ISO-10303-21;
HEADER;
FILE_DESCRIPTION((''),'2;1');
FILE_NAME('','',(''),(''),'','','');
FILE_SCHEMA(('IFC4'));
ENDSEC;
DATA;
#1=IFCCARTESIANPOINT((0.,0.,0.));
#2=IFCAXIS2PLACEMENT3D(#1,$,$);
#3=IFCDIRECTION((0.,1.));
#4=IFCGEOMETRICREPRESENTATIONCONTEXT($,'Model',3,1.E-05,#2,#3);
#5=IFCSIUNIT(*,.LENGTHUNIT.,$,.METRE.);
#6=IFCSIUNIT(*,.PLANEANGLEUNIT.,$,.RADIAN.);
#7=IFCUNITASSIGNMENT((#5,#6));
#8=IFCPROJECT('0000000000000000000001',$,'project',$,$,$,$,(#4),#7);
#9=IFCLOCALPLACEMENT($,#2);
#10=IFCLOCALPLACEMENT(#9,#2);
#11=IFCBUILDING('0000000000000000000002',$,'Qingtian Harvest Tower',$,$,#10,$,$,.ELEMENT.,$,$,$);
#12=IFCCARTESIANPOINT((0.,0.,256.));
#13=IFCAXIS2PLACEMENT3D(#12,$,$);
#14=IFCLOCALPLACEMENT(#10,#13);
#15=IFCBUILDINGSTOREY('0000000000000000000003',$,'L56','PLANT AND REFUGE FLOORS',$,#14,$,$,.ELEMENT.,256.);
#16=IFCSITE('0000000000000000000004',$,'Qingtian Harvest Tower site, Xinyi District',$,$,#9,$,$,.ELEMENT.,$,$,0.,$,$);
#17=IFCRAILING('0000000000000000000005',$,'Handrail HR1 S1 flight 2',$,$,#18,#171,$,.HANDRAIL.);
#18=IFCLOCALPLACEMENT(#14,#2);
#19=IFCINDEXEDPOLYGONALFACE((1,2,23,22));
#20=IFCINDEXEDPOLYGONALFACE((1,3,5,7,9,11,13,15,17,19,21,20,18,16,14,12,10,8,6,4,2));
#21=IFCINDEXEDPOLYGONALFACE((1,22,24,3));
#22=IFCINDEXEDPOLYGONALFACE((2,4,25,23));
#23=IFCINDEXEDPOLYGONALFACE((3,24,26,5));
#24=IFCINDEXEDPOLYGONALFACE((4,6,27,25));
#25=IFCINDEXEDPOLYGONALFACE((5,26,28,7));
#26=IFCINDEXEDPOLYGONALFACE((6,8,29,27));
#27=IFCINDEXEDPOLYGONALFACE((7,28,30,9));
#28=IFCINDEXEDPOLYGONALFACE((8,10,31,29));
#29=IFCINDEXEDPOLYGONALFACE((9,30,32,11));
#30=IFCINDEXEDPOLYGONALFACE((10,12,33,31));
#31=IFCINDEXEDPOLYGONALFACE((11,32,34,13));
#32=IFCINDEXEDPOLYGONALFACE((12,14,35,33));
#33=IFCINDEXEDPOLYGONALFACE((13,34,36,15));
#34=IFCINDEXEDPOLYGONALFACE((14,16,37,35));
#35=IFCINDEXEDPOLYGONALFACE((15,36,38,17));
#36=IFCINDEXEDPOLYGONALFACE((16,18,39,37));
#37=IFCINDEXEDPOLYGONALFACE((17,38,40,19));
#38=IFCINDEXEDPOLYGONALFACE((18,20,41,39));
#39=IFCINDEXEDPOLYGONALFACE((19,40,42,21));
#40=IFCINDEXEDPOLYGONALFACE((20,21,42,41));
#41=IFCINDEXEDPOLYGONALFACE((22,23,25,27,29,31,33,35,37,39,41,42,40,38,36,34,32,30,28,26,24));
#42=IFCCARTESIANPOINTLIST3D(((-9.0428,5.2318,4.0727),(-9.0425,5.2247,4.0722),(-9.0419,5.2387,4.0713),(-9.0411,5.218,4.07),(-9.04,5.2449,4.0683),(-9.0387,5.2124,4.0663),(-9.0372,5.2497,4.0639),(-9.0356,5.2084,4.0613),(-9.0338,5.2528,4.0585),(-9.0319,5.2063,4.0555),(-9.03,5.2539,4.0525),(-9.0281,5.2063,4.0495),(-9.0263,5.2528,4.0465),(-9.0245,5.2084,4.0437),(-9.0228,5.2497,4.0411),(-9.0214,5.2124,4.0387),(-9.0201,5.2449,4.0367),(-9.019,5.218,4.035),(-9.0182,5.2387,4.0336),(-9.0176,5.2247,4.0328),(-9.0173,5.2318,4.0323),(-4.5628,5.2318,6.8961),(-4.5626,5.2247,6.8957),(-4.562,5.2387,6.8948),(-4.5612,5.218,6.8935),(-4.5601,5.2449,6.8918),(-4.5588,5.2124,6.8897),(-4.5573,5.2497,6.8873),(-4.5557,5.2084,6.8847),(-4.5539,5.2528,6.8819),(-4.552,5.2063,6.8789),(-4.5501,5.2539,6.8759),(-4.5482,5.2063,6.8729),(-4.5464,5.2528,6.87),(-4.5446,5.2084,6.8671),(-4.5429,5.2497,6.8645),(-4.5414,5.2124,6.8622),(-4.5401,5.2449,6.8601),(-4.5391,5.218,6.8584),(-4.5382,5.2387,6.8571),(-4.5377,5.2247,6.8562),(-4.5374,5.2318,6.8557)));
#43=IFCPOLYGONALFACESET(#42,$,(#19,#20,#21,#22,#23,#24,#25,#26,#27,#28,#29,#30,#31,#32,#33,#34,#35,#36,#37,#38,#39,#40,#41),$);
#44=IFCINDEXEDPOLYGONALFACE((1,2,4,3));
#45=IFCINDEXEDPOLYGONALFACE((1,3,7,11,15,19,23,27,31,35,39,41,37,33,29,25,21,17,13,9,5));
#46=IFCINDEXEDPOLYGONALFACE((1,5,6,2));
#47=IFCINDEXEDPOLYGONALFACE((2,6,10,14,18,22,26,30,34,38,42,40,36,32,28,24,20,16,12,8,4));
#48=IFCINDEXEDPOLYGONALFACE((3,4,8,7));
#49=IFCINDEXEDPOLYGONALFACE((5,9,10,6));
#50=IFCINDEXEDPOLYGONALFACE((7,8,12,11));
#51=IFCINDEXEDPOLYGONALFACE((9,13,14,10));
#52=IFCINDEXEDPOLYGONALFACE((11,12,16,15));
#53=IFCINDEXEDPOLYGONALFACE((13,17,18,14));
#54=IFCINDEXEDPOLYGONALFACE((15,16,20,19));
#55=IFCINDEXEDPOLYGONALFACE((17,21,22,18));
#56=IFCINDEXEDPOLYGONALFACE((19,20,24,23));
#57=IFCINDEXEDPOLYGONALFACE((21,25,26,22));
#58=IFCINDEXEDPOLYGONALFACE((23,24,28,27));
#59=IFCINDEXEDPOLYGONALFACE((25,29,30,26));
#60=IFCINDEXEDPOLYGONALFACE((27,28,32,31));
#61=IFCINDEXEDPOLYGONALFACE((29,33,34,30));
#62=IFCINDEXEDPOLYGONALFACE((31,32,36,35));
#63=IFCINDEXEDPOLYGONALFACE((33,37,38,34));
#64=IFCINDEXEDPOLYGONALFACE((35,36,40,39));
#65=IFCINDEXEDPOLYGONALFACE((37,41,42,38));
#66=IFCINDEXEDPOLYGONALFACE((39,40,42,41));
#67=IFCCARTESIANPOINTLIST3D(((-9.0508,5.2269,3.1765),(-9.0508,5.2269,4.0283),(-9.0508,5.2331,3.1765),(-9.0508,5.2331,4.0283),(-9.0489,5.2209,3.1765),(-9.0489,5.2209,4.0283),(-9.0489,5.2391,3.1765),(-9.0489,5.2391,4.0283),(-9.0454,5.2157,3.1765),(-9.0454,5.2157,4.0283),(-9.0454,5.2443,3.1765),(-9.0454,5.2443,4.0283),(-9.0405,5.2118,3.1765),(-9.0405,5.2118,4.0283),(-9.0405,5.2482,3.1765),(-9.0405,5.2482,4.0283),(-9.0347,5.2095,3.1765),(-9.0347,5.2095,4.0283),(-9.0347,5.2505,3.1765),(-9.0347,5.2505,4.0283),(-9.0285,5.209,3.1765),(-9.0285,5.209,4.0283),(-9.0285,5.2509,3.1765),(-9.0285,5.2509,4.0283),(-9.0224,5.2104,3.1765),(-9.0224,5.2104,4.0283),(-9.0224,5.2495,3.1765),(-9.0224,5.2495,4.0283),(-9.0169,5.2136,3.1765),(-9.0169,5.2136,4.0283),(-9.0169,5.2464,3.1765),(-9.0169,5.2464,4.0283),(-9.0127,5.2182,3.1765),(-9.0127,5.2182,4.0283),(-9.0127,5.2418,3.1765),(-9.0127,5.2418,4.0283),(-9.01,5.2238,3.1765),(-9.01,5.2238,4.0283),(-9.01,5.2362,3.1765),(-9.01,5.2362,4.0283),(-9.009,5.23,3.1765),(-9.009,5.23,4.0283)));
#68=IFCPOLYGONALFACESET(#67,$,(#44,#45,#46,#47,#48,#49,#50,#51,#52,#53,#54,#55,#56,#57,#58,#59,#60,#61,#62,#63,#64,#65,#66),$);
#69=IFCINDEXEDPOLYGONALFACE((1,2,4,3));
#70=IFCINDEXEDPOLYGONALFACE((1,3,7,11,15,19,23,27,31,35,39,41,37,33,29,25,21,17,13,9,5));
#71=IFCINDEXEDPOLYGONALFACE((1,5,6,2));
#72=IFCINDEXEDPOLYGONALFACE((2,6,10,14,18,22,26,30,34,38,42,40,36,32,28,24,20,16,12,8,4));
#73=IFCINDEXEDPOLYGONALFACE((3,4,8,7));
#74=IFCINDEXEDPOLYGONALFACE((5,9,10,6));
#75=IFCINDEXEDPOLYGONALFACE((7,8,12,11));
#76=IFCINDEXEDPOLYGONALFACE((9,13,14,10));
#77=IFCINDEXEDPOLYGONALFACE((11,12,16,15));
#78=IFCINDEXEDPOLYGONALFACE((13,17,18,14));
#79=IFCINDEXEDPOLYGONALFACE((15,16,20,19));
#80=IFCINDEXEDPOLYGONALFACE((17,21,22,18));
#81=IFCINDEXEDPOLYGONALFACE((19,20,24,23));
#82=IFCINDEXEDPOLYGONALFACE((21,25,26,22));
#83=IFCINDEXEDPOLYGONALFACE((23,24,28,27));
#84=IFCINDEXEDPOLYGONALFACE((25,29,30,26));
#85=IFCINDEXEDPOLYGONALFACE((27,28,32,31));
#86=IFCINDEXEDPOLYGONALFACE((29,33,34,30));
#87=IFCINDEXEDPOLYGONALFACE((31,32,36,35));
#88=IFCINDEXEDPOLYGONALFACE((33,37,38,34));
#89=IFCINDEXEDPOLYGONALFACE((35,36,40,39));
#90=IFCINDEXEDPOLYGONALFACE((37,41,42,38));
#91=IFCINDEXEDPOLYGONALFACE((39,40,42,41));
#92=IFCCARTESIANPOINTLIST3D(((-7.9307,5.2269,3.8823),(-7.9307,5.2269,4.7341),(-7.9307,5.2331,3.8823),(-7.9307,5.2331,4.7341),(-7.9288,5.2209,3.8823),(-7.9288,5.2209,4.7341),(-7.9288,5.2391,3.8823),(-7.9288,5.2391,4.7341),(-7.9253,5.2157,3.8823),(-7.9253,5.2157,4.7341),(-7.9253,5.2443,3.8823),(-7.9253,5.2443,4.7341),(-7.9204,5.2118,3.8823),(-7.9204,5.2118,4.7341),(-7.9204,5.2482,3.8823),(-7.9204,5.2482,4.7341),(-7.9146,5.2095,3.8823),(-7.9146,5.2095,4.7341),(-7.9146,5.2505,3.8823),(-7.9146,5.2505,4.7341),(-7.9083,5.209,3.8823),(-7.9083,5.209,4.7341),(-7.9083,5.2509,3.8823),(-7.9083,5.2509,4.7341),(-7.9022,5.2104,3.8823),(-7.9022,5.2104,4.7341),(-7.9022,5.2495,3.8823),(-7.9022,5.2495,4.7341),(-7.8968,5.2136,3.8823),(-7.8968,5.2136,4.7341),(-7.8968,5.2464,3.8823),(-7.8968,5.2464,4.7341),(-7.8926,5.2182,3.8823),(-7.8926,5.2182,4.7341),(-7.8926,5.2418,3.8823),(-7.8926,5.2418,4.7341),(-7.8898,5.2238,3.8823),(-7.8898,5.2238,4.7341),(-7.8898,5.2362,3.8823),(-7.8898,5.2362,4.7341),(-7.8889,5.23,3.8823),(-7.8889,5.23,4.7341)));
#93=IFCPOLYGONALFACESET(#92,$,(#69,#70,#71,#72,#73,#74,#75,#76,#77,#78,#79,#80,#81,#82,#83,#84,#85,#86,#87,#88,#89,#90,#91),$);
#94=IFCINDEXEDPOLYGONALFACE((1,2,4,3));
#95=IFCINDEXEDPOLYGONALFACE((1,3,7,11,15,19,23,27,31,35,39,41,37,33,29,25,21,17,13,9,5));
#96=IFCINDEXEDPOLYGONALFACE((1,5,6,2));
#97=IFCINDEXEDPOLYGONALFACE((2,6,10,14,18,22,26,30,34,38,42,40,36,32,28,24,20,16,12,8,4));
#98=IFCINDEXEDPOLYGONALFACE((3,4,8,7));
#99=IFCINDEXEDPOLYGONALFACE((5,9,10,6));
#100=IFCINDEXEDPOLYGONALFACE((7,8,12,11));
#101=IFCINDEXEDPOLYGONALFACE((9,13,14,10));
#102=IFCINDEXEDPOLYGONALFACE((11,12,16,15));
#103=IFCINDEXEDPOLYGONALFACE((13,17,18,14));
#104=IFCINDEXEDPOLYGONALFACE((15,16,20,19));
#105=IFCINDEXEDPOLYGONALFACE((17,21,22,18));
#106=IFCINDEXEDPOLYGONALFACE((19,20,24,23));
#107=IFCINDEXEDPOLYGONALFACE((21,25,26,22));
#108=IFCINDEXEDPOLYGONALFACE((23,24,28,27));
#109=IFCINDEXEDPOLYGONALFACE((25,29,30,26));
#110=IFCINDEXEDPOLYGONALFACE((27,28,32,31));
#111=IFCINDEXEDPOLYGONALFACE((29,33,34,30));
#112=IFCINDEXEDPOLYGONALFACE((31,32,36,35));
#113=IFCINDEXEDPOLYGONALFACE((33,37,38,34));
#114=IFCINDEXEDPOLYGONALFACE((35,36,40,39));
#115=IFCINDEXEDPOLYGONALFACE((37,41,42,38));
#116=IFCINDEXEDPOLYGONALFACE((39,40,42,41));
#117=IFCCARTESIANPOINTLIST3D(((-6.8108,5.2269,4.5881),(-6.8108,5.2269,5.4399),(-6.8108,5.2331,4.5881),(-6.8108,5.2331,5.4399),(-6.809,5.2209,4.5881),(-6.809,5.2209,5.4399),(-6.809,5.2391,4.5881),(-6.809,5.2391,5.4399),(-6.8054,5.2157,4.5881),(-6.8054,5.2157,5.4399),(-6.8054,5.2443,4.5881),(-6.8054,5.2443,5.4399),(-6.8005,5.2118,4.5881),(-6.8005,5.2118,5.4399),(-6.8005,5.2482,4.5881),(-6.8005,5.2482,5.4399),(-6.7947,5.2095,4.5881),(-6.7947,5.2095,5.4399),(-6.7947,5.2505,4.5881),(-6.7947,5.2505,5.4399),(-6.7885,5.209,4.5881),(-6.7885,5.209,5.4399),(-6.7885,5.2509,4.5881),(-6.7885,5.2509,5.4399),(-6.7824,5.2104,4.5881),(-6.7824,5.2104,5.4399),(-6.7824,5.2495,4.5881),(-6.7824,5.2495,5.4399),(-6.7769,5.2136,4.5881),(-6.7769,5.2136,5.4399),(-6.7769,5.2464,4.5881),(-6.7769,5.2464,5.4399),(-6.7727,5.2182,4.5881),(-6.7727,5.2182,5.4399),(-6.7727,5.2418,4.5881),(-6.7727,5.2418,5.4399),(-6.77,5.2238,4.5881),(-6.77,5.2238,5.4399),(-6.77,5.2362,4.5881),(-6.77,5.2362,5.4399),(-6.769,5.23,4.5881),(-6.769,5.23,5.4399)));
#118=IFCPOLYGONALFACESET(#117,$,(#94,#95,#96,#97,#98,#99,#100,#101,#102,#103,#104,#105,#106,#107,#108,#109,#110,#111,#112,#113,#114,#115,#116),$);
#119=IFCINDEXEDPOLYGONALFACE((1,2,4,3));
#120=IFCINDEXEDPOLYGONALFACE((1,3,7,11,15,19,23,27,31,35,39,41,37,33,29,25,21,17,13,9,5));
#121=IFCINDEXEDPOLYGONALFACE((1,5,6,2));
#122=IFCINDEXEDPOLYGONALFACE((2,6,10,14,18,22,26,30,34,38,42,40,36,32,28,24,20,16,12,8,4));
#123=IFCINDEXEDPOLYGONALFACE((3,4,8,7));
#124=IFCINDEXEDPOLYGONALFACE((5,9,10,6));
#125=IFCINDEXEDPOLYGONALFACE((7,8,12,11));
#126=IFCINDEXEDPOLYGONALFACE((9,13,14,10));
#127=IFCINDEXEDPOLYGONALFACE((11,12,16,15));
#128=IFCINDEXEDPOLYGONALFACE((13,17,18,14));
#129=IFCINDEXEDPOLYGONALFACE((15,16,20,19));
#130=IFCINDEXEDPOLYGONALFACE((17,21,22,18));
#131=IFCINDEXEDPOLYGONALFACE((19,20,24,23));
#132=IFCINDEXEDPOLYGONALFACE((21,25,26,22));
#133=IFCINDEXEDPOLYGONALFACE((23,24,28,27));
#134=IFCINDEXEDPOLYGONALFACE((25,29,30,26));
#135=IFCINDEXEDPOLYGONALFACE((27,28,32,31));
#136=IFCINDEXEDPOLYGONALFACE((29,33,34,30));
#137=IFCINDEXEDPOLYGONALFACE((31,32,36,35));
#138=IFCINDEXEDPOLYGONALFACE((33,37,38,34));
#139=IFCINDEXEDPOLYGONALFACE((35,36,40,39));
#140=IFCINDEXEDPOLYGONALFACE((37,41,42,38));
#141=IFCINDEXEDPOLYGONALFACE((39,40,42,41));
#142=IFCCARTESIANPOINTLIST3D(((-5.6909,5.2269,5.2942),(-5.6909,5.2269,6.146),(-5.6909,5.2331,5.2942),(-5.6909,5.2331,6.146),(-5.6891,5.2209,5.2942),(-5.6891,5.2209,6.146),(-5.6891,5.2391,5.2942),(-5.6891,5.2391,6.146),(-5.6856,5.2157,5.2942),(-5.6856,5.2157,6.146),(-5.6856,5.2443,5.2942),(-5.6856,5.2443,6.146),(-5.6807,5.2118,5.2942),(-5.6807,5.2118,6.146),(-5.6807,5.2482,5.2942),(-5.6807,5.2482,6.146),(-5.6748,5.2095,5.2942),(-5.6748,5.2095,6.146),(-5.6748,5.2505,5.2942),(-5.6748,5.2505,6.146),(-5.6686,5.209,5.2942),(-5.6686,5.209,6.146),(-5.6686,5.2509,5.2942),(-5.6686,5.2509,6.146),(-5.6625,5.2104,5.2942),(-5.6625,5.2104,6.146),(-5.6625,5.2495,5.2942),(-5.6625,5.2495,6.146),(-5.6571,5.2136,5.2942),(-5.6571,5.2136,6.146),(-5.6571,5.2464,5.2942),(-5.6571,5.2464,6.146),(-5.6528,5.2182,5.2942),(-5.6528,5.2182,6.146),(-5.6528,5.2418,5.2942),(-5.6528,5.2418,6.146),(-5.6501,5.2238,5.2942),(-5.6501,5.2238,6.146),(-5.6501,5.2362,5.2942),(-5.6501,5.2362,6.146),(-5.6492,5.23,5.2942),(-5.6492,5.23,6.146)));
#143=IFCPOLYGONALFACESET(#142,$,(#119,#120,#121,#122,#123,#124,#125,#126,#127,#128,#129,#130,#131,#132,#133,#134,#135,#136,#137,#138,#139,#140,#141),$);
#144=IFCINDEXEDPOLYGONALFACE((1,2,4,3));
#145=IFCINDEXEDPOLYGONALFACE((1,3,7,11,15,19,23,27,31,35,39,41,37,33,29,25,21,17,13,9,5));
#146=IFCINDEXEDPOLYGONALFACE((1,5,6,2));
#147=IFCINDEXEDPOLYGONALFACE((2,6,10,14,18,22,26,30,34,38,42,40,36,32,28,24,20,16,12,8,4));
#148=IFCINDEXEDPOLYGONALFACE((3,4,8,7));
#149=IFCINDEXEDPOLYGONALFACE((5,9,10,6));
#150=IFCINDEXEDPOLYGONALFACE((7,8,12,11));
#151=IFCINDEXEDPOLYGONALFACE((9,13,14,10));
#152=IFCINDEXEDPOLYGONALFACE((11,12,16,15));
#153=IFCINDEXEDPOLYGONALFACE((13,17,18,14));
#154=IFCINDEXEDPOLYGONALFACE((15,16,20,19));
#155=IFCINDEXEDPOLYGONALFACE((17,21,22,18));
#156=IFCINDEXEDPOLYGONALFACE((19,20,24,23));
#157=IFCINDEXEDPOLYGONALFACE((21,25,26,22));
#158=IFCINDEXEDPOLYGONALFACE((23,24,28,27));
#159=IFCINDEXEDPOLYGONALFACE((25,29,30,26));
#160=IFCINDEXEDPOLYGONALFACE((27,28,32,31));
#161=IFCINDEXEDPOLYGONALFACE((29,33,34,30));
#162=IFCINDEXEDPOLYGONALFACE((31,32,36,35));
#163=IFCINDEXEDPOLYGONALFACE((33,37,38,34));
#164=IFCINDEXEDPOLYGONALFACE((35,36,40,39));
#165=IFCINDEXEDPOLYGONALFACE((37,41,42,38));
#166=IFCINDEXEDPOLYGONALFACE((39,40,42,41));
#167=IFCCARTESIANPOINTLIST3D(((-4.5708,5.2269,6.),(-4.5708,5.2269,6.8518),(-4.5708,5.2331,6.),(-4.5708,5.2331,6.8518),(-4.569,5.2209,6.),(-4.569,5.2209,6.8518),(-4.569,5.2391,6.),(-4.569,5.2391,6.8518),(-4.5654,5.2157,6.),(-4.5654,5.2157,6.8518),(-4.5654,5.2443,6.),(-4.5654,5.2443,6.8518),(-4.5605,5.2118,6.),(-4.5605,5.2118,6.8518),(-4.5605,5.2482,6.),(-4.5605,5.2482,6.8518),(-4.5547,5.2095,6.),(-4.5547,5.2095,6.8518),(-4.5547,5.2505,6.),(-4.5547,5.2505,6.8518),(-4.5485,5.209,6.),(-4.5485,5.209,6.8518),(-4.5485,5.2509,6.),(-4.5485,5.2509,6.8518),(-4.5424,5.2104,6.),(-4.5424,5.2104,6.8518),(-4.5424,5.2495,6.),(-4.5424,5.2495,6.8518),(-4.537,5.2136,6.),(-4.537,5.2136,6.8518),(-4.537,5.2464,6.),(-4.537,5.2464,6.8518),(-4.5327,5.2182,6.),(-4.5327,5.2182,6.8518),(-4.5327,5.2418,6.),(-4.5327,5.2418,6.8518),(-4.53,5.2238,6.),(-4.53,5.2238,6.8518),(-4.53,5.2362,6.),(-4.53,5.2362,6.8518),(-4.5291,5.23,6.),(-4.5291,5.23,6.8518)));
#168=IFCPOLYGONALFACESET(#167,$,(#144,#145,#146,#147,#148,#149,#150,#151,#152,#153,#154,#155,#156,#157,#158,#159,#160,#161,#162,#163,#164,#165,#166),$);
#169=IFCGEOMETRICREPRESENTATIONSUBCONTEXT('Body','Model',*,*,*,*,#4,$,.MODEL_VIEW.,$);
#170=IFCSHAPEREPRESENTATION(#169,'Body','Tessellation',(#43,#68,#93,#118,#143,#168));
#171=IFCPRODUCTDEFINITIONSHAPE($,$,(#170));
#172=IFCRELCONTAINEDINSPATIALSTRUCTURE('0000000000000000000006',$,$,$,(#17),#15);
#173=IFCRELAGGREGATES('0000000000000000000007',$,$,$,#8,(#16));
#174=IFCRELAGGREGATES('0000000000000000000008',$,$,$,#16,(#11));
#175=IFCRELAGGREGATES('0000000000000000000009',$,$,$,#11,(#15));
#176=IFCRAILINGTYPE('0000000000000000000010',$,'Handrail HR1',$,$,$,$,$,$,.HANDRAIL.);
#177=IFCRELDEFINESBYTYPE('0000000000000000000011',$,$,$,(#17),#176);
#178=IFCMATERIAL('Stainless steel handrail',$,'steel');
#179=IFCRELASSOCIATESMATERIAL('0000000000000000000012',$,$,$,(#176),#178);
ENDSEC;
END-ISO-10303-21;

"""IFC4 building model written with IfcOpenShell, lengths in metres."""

from ifc_helpers import new_model, si_unit, direction, frame, origin, origin_2d, place, context, subcontext, project, spatial, circle, extrude, material, type_object, element, save


model = new_model("IFC4")

# Units and contexts
model_context = context("Model", 3, precision=1e-05, world=origin(), true_north=direction((0.0, 1.0)))
body_context = subcontext(model_context, "Body", "Model", "MODEL_VIEW")
ifc_project = project(units=[si_unit("LENGTHUNIT", "METRE"), si_unit("PLANEANGLEUNIT", "RADIAN")], contexts=[model_context])

# Site, building, storey
site_placement = place(None, origin())
site = spatial("IfcSite", under=ifc_project, at=site_placement, Name="Qingtian Harvest Tower site, Xinyi District", CompositionType="ELEMENT", RefElevation=0.0)
building_placement = place(site_placement, origin())
building = spatial("IfcBuilding", under=site, at=building_placement, Name="Qingtian Harvest Tower", CompositionType="ELEMENT")
storey_placement = place(building_placement, frame((0.0, 0.0, 256.0)))
storey = spatial("IfcBuildingStorey", under=building, at=storey_placement, Name="L56", Description="PLANT AND REFUGE FLOORS", CompositionType="ELEMENT", Elevation=256.0)

# Railing
ifc_material_1 = material(Name="Stainless steel handrail", Category="steel")
railing_type = type_object("IfcRailingType", Name="Handrail HR1", PredefinedType="HANDRAIL", material=ifc_material_1)
railing_1_placement = place(storey_placement, frame((-9.03, 5.23, 3.1765)))
element("IfcRailing", 1, at=railing_1_placement, inside=storey, type_object=railing_type, Name="Handrail HR1 S1 flight 2", PredefinedType="HANDRAIL", context=body_context, shape_type="SweptSolid", body=[
    extrude(circle(Radius=0.0239, at=origin_2d()), frame((0.0, 0.0, 0.876), z_axis=(0.845998, 0.0, 0.533186), x_axis=(0.0, 1.0, 0.0)), (0.0, 0.0, 1.0), 5.2954),
    extrude(circle(Radius=0.021, at=origin_2d()), origin(), (0.0, 0.0, 1.0), 0.8518),
    extrude(circle(Radius=0.021, at=origin_2d()), frame((1.1201, 0.0, 0.7058)), (0.0, 0.0, 1.0), 0.8518),
    extrude(circle(Radius=0.021, at=origin_2d()), frame((2.24, 0.0, 1.4116)), (0.0, 0.0, 1.0), 0.8518),
    extrude(circle(Radius=0.021, at=origin_2d()), frame((3.3599, 0.0, 2.1177)), (0.0, 0.0, 1.0), 0.8518),
    extrude(circle(Radius=0.021, at=origin_2d()), frame((4.48, 0.0, 2.8235)), (0.0, 0.0, 1.0), 0.8518),
])

save(model, "model.ifc")
